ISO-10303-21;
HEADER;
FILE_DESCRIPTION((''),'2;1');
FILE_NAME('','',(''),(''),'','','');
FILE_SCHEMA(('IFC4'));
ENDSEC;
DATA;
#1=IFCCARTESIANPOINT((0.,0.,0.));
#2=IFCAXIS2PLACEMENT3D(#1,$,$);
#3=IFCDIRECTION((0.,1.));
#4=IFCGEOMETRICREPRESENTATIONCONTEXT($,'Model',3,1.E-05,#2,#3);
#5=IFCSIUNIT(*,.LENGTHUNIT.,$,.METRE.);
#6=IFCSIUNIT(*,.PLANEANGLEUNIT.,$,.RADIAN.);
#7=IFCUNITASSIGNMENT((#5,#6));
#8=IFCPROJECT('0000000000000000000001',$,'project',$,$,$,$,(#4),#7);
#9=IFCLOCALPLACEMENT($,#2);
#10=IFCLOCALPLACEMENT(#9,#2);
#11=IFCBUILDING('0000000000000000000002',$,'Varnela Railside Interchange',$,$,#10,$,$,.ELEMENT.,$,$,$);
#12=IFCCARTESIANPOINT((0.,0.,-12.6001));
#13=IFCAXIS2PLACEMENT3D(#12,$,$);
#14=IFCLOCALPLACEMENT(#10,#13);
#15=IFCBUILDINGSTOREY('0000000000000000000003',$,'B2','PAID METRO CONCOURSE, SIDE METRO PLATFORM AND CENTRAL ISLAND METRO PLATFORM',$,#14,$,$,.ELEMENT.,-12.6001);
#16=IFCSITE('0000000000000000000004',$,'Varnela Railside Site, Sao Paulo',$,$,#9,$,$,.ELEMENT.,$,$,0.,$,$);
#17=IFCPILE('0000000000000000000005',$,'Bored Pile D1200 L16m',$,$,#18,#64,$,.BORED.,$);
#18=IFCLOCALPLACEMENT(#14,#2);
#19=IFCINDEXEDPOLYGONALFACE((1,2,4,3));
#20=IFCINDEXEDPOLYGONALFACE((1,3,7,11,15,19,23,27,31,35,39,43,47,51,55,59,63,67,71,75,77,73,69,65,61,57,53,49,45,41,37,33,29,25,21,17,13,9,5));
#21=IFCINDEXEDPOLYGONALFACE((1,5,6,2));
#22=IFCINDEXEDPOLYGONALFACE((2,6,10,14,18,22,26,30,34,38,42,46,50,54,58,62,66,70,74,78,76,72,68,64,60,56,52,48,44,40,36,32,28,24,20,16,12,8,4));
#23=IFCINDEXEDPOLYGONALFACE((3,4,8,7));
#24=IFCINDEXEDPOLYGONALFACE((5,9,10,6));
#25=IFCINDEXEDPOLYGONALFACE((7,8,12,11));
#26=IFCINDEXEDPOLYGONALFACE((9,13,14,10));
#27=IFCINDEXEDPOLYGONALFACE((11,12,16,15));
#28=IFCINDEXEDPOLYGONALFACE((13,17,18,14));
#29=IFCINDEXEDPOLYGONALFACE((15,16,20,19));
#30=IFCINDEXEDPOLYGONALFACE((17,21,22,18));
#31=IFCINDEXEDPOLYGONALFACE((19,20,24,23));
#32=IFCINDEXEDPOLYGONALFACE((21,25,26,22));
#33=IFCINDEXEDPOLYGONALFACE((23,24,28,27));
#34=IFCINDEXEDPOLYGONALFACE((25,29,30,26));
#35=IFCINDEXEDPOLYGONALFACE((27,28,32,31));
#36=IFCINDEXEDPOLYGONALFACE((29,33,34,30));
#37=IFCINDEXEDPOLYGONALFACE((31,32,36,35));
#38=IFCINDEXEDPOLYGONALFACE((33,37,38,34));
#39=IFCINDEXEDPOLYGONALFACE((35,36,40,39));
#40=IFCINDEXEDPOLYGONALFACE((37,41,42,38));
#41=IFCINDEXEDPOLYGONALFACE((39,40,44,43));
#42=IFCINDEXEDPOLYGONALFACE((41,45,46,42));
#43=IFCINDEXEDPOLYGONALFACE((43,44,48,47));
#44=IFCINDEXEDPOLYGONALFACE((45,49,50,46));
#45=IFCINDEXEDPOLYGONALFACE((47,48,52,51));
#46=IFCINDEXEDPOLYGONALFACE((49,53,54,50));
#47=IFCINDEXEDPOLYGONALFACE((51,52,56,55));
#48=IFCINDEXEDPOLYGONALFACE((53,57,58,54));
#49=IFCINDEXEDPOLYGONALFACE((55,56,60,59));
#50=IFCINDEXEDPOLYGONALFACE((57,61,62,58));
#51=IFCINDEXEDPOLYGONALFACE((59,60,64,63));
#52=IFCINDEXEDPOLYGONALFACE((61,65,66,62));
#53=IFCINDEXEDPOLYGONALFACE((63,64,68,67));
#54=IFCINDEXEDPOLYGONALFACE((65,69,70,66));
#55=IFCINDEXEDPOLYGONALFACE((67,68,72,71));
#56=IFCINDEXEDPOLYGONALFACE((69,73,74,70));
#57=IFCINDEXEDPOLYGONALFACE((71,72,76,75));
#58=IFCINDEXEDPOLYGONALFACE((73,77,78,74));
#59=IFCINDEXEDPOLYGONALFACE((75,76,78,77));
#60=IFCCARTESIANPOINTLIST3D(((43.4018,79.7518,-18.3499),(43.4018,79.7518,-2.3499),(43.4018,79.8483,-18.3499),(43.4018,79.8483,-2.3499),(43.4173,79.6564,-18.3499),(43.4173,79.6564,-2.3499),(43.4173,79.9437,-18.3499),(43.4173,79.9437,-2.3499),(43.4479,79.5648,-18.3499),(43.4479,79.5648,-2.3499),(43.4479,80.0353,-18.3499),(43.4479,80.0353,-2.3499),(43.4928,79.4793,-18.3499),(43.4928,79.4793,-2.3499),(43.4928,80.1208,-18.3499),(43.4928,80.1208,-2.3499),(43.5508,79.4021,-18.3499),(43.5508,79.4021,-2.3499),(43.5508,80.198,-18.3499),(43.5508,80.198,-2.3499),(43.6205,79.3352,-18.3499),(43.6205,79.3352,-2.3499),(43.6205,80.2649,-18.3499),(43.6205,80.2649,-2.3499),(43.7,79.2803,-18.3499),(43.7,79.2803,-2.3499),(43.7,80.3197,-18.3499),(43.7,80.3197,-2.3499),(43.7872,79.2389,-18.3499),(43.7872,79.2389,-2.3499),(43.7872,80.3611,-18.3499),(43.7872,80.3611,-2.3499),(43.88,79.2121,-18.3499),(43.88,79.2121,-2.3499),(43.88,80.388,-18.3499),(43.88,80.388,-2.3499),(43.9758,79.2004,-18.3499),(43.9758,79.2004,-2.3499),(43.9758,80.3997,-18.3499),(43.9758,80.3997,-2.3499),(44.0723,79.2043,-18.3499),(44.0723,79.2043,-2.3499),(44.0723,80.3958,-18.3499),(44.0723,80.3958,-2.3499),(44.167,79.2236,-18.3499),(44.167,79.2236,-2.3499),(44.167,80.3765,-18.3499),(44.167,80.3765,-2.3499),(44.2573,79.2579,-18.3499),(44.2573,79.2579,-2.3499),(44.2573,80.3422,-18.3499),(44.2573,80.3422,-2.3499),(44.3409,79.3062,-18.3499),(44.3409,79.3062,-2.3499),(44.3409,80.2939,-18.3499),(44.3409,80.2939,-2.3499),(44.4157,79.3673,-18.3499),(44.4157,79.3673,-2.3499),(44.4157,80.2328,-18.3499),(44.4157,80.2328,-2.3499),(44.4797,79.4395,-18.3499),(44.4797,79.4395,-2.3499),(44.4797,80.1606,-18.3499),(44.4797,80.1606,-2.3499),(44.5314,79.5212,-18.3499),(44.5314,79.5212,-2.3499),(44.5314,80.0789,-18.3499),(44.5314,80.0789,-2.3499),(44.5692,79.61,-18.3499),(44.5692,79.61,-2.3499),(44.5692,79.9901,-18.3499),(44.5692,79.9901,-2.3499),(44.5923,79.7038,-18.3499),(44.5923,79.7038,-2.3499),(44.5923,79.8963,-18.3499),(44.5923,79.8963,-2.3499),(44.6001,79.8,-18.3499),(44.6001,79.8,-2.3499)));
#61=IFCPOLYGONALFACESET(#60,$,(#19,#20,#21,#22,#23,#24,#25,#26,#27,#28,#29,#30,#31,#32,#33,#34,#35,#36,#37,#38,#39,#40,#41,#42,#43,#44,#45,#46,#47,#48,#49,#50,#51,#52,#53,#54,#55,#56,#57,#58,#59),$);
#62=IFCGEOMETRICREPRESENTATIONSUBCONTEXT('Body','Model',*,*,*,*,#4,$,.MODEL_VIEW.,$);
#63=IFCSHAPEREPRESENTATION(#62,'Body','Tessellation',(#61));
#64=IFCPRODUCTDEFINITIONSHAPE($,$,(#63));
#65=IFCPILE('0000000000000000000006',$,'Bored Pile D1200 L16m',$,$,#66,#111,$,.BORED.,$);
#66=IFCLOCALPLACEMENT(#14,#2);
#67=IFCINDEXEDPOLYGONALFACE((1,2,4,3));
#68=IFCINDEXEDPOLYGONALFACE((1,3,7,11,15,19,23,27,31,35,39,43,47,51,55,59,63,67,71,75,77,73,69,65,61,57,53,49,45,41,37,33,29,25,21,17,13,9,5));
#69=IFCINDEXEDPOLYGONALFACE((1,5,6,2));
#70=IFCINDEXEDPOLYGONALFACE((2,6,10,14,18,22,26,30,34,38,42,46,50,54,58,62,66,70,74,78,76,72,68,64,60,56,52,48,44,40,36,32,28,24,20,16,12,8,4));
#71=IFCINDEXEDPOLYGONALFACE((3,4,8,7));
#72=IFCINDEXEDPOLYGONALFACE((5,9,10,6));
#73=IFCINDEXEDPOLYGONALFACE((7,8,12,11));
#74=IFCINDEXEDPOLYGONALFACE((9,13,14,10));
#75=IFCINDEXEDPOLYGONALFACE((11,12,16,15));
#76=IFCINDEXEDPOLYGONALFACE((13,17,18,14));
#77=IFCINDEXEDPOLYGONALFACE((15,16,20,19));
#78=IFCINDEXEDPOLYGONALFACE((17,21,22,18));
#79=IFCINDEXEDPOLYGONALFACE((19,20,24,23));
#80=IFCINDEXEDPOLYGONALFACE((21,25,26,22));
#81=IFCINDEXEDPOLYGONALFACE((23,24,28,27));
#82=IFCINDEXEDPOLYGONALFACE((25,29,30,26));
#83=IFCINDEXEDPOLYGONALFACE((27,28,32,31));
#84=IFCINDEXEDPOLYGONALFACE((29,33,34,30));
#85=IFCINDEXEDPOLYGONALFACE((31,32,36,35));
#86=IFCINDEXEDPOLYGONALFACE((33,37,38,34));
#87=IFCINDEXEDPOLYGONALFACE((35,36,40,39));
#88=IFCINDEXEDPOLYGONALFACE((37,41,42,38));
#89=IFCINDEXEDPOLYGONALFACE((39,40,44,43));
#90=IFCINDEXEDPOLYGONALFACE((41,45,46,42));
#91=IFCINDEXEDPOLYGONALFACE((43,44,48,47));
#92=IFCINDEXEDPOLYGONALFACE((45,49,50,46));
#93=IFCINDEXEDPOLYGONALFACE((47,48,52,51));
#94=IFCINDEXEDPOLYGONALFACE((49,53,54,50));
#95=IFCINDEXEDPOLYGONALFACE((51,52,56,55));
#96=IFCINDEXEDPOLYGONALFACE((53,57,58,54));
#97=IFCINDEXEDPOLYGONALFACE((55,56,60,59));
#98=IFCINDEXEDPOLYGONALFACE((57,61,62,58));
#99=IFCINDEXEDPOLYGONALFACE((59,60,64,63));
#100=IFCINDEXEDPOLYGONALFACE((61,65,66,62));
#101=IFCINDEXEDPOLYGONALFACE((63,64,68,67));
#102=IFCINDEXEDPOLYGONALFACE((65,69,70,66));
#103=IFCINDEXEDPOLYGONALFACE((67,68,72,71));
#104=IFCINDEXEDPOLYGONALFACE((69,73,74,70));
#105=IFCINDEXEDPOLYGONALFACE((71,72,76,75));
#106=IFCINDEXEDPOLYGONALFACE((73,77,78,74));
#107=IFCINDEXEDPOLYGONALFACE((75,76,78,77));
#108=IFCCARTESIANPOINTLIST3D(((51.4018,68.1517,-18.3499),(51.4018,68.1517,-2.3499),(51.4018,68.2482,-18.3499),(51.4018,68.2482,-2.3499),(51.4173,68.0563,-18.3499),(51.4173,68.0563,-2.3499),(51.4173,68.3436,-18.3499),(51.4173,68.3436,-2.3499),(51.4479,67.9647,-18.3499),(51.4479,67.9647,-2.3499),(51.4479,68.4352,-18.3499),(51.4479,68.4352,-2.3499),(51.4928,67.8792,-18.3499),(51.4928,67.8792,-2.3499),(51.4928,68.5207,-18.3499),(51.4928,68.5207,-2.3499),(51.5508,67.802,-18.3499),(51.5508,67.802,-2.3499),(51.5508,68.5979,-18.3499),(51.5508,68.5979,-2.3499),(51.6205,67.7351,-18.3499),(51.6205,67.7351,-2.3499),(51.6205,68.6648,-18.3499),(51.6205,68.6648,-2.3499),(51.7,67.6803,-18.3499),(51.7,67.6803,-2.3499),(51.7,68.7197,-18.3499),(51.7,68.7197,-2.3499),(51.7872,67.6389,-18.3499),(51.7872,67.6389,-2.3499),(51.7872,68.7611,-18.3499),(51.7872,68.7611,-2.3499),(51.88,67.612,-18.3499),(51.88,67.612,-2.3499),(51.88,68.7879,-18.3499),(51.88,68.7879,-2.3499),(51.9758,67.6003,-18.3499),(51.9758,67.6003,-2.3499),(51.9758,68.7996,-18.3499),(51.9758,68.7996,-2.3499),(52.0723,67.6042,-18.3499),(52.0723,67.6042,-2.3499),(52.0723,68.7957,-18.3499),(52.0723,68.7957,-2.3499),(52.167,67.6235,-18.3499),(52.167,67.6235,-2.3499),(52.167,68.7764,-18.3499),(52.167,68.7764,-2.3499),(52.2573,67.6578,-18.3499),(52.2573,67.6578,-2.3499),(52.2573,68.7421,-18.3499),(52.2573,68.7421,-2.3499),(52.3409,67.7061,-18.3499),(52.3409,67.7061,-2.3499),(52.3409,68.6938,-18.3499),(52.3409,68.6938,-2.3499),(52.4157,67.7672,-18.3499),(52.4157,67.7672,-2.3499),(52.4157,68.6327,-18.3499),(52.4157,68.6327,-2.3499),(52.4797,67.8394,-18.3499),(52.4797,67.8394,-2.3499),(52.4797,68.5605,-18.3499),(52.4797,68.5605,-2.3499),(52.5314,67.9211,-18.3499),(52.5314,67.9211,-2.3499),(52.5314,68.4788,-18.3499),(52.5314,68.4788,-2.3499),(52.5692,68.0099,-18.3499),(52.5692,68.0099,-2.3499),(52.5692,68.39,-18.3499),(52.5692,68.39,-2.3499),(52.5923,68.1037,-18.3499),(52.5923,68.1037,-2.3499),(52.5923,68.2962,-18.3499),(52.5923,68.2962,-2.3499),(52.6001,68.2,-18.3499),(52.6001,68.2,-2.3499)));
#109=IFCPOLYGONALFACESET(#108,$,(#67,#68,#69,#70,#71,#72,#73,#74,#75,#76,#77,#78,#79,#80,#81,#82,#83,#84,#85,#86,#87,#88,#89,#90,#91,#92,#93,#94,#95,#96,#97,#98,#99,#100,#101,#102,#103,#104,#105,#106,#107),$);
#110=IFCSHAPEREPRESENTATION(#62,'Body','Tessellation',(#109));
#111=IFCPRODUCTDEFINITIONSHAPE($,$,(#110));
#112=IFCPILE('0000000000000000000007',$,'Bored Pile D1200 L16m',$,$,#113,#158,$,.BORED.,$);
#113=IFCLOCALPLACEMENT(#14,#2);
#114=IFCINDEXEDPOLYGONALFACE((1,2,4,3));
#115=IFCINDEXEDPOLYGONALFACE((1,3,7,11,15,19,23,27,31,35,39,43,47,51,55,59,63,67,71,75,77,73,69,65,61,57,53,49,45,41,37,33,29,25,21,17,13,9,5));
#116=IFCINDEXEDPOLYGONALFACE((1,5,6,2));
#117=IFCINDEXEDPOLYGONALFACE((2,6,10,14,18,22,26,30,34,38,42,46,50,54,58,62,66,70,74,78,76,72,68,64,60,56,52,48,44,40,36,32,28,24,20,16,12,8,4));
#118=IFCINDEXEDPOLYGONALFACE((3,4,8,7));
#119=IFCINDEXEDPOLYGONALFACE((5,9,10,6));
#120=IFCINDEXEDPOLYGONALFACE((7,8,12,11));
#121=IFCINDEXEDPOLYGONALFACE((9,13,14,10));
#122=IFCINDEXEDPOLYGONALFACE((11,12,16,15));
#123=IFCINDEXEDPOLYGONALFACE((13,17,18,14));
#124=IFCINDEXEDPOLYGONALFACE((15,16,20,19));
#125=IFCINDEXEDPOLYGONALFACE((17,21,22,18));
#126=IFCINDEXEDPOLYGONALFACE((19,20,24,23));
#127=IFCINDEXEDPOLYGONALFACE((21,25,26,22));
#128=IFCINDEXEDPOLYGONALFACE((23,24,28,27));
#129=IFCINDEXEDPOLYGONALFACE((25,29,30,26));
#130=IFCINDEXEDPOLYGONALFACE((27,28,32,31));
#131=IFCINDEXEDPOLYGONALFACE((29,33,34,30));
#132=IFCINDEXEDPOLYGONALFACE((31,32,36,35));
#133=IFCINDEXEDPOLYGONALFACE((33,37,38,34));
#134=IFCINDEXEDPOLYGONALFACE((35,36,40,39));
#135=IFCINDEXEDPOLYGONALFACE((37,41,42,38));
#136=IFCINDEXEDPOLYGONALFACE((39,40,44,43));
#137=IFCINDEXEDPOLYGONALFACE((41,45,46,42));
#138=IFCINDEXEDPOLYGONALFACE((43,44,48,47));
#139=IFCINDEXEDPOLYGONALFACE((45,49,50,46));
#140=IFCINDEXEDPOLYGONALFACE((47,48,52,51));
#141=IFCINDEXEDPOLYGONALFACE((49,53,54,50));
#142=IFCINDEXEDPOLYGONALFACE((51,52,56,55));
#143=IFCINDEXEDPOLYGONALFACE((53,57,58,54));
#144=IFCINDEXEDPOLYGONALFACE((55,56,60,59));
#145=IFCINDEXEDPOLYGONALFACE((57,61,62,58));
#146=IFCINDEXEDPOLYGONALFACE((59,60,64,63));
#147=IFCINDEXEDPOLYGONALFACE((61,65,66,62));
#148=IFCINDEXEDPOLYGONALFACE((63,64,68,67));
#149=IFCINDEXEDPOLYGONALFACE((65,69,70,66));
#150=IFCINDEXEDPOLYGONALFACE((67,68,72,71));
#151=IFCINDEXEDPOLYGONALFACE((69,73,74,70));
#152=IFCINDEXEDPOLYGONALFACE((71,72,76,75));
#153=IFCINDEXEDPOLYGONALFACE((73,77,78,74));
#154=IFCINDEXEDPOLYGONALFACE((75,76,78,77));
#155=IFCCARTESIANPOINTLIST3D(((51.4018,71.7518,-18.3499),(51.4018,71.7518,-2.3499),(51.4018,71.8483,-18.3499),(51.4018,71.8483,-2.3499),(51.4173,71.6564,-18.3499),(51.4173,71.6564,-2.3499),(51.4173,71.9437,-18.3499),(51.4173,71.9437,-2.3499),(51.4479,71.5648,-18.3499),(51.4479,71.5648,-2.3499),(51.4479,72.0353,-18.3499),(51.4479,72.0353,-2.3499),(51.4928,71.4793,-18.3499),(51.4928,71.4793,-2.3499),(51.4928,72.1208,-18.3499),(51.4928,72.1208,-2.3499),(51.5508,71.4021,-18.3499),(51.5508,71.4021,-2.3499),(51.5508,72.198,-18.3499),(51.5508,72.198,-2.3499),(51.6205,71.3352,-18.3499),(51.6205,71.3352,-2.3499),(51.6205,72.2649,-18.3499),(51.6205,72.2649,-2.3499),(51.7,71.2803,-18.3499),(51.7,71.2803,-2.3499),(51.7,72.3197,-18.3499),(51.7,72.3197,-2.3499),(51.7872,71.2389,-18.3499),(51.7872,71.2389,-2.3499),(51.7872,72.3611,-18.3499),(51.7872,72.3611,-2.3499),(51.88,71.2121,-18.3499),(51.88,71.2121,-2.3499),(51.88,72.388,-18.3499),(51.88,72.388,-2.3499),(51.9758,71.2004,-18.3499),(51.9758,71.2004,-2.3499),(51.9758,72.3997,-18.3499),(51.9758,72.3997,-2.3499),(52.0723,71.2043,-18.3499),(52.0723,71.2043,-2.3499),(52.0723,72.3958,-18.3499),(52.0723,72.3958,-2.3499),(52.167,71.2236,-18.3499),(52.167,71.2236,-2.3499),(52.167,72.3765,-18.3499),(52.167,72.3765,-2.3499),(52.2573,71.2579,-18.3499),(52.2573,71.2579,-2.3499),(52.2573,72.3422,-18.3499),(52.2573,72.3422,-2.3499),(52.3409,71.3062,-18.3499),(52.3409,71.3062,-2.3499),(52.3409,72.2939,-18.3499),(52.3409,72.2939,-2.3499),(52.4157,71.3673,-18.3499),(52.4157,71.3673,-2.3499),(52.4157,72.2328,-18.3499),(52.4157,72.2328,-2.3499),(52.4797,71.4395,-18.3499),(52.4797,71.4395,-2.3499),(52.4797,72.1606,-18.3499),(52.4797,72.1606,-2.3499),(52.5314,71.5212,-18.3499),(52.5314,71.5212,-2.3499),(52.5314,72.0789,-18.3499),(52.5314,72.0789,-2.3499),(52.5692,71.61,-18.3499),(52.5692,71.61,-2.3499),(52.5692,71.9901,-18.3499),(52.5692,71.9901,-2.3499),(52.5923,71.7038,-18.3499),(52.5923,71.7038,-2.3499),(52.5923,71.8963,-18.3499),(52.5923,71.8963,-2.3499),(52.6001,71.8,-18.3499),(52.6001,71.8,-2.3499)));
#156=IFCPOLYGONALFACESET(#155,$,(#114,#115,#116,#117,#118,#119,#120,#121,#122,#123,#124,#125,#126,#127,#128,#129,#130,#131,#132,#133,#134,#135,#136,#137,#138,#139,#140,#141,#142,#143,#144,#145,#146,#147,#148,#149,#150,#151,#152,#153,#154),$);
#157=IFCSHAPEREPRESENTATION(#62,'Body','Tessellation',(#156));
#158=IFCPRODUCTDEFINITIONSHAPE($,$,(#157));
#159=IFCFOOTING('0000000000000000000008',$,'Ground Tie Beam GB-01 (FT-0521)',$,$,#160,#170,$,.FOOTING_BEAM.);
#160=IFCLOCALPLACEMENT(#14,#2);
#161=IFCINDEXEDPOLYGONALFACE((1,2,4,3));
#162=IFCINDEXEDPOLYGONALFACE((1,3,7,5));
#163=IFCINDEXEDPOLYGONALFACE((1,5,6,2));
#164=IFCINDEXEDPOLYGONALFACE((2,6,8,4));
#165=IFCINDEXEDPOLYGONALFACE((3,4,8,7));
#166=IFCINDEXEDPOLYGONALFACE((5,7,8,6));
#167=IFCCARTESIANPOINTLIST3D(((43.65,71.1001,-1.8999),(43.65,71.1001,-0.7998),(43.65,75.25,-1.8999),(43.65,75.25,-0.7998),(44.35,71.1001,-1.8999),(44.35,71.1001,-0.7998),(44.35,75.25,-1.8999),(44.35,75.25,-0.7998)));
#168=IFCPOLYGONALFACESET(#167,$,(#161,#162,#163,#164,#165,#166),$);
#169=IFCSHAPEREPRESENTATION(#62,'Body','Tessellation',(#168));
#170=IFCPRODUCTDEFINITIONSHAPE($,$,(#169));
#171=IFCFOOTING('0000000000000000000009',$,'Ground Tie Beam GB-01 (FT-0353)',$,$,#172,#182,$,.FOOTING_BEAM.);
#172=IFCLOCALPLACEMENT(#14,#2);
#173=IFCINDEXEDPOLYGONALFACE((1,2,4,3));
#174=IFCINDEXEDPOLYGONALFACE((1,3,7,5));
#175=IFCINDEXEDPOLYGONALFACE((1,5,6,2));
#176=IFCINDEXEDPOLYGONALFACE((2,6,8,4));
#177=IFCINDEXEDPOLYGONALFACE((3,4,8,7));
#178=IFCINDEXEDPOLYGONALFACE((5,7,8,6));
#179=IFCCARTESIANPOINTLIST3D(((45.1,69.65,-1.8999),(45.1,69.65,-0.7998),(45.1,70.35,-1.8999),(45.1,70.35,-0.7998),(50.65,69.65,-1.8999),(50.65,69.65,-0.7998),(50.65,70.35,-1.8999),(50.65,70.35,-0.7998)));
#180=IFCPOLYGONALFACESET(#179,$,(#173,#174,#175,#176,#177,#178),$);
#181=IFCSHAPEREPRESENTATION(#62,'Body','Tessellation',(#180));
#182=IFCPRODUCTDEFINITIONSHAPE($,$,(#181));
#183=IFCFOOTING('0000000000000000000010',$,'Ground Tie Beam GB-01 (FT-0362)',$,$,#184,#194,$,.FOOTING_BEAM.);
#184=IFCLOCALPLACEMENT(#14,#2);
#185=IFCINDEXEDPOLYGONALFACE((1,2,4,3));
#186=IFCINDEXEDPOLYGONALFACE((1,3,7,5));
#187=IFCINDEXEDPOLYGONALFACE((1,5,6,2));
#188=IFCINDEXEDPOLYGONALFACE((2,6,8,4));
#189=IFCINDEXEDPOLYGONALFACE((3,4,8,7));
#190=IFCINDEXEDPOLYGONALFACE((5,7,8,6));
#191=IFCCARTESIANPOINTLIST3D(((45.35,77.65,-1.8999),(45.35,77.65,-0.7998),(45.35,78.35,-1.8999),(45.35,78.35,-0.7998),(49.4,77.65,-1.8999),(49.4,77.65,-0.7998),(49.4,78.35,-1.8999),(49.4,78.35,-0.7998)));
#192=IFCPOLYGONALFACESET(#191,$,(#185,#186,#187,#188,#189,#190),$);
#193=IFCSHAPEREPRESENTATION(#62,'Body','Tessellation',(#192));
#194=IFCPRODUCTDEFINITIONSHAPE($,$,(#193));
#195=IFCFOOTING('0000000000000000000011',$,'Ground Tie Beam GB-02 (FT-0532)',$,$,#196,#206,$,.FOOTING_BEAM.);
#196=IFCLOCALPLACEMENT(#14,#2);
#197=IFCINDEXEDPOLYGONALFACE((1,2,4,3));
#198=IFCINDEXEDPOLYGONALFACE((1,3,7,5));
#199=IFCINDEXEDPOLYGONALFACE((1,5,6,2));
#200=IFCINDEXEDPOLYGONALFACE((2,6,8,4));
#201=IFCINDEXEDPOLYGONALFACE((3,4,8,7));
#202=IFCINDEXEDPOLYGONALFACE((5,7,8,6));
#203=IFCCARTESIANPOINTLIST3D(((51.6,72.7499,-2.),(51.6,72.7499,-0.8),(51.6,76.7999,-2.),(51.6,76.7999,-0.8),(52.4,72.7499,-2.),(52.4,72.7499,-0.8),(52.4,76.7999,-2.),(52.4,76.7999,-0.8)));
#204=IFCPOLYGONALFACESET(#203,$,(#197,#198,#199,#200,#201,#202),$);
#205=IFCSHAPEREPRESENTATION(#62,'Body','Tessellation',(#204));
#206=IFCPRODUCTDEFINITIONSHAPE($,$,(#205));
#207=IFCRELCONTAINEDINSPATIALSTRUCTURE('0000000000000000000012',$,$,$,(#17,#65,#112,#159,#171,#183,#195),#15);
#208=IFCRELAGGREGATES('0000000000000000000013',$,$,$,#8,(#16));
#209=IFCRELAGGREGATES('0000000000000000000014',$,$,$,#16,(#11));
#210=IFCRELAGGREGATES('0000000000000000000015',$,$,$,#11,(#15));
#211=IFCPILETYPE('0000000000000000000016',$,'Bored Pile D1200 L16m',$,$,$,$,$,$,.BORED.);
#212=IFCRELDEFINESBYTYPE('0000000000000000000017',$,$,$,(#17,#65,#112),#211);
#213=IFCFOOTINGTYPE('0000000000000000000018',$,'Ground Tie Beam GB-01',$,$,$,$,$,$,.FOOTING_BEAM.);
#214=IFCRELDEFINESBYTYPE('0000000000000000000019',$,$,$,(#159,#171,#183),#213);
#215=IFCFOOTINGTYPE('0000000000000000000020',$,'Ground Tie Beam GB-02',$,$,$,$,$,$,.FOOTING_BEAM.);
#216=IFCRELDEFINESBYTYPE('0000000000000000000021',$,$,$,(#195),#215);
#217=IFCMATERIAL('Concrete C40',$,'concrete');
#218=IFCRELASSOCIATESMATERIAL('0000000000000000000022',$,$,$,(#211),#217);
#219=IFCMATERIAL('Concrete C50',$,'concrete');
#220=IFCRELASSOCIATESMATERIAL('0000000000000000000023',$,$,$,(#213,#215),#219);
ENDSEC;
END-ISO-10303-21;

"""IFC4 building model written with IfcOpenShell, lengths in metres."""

from ifc_helpers import new_model, si_unit, direction, frame, origin, origin_2d, place, context, subcontext, project, spatial, rectangle, circle, extrude, material, material_profile, profile_set, type_object, element, save


model = new_model("IFC4")

# Units and contexts
model_context = context("Model", 3, precision=1e-05, world=origin(), true_north=direction((0.0, 1.0)))
body_context = subcontext(model_context, "Body", "Model", "MODEL_VIEW")
ifc_project = project(units=[si_unit("LENGTHUNIT", "METRE"), si_unit("PLANEANGLEUNIT", "RADIAN")], contexts=[model_context])

# Site, building, storey
site_placement = place(None, origin())
site = spatial("IfcSite", under=ifc_project, at=site_placement, Name="Varnela Railside Site, Sao Paulo", CompositionType="ELEMENT", RefElevation=0.0)
building_placement = place(site_placement, origin())
building = spatial("IfcBuilding", under=site, at=building_placement, Name="Varnela Railside Interchange", CompositionType="ELEMENT")
storey_placement = place(building_placement, frame((0.0, 0.0, -12.6001)))
storey = spatial("IfcBuildingStorey", under=building, at=storey_placement, Name="B2", Description="PAID METRO CONCOURSE, SIDE METRO PLATFORM AND CENTRAL ISLAND METRO PLATFORM", CompositionType="ELEMENT", Elevation=-12.6001)

# Piles
ifc_material_1 = material(Name="Concrete C40", Category="concrete")
ifc_material_profile_1 = material_profile(ifc_material_1, circle(Radius=0.6001, at=origin_2d()), Name="BORED PILE D1200")
ifc_profile_set_1 = profile_set([ifc_material_profile_1], Name="Concrete C40")
pile_type_1 = type_object("IfcPileType", Name="Bored Pile D1200 L16m", PredefinedType="BORED", material=ifc_profile_set_1)
for number, where, z_axis, x_axis, name in (
    (1, (44.0, 79.8, -2.3499), (0.0, 0.0, -1.0), (1.0, 0.0, 0.0), "Bored Pile D1200 L16m"),
    (2, (52.0, 68.2, -2.3499), (0.0, 0.0, -1.0), (1.0, 0.0, 0.0), "Bored Pile D1200 L16m"),
    (3, (52.0, 71.8, -2.3499), (0.0, 0.0, -1.0), (1.0, 0.0, 0.0), "Bored Pile D1200 L16m"),
):
    element("IfcPile", number, at=place(storey_placement, frame(where, z_axis=z_axis, x_axis=x_axis)), inside=storey, type_object=pile_type_1, Name=name, PredefinedType="BORED", context=body_context, shape_type="SweptSolid", body=[
        extrude(circle(Radius=0.6001, at=origin_2d()), origin(), (0.0, 0.0, 1.0), 16.0),
    ])

# Footings
ifc_material_2 = material(Name="Concrete C50", Category="concrete")
footing_type_1 = type_object("IfcFootingType", Name="Ground Tie Beam GB-01", PredefinedType="FOOTING_BEAM", material=ifc_material_2)
footing_1_placement = place(storey_placement, frame((44.0, 73.175, -1.8999), z_axis=(0.0, 0.0, 1.0), x_axis=(1.0, 0.0, 0.0)))
element("IfcFooting", 4, at=footing_1_placement, inside=storey, type_object=footing_type_1, Name="Ground Tie Beam GB-01 (FT-0521)", PredefinedType="FOOTING_BEAM", context=body_context, shape_type="SweptSolid", body=[
    extrude(rectangle(XDim=0.7, YDim=4.1499, at=origin_2d()), origin(), (0.0, 0.0, 1.0), 1.1001),
])
footing_2_placement = place(storey_placement, frame((47.875, 70.0, -1.8999), z_axis=(0.0, 0.0, 1.0), x_axis=(1.0, 0.0, 0.0)))
element("IfcFooting", 5, at=footing_2_placement, inside=storey, type_object=footing_type_1, Name="Ground Tie Beam GB-01 (FT-0353)", PredefinedType="FOOTING_BEAM", context=body_context, shape_type="SweptSolid", body=[
    extrude(rectangle(XDim=5.55, YDim=0.7, at=origin_2d()), origin(), (0.0, 0.0, 1.0), 1.1001),
])
footing_3_placement = place(storey_placement, frame((47.375, 78.0, -1.8999), z_axis=(0.0, 0.0, 1.0), x_axis=(1.0, 0.0, 0.0)))
element("IfcFooting", 6, at=footing_3_placement, inside=storey, type_object=footing_type_1, Name="Ground Tie Beam GB-01 (FT-0362)", PredefinedType="FOOTING_BEAM", context=body_context, shape_type="SweptSolid", body=[
    extrude(rectangle(XDim=4.05, YDim=0.7, at=origin_2d()), origin(), (0.0, 0.0, 1.0), 1.1001),
])
footing_type_2 = type_object("IfcFootingType", Name="Ground Tie Beam GB-02", PredefinedType="FOOTING_BEAM", material=ifc_material_2)
footing_4_placement = place(storey_placement, frame((52.0, 74.7749, -2.0), z_axis=(0.0, 0.0, 1.0), x_axis=(1.0, 0.0, 0.0)))
element("IfcFooting", 7, at=footing_4_placement, inside=storey, type_object=footing_type_2, Name="Ground Tie Beam GB-02 (FT-0532)", PredefinedType="FOOTING_BEAM", context=body_context, shape_type="SweptSolid", body=[
    extrude(rectangle(XDim=0.8, YDim=4.05, at=origin_2d()), origin(), (0.0, 0.0, 1.0), 1.2),
])

save(model, "model.ifc")
